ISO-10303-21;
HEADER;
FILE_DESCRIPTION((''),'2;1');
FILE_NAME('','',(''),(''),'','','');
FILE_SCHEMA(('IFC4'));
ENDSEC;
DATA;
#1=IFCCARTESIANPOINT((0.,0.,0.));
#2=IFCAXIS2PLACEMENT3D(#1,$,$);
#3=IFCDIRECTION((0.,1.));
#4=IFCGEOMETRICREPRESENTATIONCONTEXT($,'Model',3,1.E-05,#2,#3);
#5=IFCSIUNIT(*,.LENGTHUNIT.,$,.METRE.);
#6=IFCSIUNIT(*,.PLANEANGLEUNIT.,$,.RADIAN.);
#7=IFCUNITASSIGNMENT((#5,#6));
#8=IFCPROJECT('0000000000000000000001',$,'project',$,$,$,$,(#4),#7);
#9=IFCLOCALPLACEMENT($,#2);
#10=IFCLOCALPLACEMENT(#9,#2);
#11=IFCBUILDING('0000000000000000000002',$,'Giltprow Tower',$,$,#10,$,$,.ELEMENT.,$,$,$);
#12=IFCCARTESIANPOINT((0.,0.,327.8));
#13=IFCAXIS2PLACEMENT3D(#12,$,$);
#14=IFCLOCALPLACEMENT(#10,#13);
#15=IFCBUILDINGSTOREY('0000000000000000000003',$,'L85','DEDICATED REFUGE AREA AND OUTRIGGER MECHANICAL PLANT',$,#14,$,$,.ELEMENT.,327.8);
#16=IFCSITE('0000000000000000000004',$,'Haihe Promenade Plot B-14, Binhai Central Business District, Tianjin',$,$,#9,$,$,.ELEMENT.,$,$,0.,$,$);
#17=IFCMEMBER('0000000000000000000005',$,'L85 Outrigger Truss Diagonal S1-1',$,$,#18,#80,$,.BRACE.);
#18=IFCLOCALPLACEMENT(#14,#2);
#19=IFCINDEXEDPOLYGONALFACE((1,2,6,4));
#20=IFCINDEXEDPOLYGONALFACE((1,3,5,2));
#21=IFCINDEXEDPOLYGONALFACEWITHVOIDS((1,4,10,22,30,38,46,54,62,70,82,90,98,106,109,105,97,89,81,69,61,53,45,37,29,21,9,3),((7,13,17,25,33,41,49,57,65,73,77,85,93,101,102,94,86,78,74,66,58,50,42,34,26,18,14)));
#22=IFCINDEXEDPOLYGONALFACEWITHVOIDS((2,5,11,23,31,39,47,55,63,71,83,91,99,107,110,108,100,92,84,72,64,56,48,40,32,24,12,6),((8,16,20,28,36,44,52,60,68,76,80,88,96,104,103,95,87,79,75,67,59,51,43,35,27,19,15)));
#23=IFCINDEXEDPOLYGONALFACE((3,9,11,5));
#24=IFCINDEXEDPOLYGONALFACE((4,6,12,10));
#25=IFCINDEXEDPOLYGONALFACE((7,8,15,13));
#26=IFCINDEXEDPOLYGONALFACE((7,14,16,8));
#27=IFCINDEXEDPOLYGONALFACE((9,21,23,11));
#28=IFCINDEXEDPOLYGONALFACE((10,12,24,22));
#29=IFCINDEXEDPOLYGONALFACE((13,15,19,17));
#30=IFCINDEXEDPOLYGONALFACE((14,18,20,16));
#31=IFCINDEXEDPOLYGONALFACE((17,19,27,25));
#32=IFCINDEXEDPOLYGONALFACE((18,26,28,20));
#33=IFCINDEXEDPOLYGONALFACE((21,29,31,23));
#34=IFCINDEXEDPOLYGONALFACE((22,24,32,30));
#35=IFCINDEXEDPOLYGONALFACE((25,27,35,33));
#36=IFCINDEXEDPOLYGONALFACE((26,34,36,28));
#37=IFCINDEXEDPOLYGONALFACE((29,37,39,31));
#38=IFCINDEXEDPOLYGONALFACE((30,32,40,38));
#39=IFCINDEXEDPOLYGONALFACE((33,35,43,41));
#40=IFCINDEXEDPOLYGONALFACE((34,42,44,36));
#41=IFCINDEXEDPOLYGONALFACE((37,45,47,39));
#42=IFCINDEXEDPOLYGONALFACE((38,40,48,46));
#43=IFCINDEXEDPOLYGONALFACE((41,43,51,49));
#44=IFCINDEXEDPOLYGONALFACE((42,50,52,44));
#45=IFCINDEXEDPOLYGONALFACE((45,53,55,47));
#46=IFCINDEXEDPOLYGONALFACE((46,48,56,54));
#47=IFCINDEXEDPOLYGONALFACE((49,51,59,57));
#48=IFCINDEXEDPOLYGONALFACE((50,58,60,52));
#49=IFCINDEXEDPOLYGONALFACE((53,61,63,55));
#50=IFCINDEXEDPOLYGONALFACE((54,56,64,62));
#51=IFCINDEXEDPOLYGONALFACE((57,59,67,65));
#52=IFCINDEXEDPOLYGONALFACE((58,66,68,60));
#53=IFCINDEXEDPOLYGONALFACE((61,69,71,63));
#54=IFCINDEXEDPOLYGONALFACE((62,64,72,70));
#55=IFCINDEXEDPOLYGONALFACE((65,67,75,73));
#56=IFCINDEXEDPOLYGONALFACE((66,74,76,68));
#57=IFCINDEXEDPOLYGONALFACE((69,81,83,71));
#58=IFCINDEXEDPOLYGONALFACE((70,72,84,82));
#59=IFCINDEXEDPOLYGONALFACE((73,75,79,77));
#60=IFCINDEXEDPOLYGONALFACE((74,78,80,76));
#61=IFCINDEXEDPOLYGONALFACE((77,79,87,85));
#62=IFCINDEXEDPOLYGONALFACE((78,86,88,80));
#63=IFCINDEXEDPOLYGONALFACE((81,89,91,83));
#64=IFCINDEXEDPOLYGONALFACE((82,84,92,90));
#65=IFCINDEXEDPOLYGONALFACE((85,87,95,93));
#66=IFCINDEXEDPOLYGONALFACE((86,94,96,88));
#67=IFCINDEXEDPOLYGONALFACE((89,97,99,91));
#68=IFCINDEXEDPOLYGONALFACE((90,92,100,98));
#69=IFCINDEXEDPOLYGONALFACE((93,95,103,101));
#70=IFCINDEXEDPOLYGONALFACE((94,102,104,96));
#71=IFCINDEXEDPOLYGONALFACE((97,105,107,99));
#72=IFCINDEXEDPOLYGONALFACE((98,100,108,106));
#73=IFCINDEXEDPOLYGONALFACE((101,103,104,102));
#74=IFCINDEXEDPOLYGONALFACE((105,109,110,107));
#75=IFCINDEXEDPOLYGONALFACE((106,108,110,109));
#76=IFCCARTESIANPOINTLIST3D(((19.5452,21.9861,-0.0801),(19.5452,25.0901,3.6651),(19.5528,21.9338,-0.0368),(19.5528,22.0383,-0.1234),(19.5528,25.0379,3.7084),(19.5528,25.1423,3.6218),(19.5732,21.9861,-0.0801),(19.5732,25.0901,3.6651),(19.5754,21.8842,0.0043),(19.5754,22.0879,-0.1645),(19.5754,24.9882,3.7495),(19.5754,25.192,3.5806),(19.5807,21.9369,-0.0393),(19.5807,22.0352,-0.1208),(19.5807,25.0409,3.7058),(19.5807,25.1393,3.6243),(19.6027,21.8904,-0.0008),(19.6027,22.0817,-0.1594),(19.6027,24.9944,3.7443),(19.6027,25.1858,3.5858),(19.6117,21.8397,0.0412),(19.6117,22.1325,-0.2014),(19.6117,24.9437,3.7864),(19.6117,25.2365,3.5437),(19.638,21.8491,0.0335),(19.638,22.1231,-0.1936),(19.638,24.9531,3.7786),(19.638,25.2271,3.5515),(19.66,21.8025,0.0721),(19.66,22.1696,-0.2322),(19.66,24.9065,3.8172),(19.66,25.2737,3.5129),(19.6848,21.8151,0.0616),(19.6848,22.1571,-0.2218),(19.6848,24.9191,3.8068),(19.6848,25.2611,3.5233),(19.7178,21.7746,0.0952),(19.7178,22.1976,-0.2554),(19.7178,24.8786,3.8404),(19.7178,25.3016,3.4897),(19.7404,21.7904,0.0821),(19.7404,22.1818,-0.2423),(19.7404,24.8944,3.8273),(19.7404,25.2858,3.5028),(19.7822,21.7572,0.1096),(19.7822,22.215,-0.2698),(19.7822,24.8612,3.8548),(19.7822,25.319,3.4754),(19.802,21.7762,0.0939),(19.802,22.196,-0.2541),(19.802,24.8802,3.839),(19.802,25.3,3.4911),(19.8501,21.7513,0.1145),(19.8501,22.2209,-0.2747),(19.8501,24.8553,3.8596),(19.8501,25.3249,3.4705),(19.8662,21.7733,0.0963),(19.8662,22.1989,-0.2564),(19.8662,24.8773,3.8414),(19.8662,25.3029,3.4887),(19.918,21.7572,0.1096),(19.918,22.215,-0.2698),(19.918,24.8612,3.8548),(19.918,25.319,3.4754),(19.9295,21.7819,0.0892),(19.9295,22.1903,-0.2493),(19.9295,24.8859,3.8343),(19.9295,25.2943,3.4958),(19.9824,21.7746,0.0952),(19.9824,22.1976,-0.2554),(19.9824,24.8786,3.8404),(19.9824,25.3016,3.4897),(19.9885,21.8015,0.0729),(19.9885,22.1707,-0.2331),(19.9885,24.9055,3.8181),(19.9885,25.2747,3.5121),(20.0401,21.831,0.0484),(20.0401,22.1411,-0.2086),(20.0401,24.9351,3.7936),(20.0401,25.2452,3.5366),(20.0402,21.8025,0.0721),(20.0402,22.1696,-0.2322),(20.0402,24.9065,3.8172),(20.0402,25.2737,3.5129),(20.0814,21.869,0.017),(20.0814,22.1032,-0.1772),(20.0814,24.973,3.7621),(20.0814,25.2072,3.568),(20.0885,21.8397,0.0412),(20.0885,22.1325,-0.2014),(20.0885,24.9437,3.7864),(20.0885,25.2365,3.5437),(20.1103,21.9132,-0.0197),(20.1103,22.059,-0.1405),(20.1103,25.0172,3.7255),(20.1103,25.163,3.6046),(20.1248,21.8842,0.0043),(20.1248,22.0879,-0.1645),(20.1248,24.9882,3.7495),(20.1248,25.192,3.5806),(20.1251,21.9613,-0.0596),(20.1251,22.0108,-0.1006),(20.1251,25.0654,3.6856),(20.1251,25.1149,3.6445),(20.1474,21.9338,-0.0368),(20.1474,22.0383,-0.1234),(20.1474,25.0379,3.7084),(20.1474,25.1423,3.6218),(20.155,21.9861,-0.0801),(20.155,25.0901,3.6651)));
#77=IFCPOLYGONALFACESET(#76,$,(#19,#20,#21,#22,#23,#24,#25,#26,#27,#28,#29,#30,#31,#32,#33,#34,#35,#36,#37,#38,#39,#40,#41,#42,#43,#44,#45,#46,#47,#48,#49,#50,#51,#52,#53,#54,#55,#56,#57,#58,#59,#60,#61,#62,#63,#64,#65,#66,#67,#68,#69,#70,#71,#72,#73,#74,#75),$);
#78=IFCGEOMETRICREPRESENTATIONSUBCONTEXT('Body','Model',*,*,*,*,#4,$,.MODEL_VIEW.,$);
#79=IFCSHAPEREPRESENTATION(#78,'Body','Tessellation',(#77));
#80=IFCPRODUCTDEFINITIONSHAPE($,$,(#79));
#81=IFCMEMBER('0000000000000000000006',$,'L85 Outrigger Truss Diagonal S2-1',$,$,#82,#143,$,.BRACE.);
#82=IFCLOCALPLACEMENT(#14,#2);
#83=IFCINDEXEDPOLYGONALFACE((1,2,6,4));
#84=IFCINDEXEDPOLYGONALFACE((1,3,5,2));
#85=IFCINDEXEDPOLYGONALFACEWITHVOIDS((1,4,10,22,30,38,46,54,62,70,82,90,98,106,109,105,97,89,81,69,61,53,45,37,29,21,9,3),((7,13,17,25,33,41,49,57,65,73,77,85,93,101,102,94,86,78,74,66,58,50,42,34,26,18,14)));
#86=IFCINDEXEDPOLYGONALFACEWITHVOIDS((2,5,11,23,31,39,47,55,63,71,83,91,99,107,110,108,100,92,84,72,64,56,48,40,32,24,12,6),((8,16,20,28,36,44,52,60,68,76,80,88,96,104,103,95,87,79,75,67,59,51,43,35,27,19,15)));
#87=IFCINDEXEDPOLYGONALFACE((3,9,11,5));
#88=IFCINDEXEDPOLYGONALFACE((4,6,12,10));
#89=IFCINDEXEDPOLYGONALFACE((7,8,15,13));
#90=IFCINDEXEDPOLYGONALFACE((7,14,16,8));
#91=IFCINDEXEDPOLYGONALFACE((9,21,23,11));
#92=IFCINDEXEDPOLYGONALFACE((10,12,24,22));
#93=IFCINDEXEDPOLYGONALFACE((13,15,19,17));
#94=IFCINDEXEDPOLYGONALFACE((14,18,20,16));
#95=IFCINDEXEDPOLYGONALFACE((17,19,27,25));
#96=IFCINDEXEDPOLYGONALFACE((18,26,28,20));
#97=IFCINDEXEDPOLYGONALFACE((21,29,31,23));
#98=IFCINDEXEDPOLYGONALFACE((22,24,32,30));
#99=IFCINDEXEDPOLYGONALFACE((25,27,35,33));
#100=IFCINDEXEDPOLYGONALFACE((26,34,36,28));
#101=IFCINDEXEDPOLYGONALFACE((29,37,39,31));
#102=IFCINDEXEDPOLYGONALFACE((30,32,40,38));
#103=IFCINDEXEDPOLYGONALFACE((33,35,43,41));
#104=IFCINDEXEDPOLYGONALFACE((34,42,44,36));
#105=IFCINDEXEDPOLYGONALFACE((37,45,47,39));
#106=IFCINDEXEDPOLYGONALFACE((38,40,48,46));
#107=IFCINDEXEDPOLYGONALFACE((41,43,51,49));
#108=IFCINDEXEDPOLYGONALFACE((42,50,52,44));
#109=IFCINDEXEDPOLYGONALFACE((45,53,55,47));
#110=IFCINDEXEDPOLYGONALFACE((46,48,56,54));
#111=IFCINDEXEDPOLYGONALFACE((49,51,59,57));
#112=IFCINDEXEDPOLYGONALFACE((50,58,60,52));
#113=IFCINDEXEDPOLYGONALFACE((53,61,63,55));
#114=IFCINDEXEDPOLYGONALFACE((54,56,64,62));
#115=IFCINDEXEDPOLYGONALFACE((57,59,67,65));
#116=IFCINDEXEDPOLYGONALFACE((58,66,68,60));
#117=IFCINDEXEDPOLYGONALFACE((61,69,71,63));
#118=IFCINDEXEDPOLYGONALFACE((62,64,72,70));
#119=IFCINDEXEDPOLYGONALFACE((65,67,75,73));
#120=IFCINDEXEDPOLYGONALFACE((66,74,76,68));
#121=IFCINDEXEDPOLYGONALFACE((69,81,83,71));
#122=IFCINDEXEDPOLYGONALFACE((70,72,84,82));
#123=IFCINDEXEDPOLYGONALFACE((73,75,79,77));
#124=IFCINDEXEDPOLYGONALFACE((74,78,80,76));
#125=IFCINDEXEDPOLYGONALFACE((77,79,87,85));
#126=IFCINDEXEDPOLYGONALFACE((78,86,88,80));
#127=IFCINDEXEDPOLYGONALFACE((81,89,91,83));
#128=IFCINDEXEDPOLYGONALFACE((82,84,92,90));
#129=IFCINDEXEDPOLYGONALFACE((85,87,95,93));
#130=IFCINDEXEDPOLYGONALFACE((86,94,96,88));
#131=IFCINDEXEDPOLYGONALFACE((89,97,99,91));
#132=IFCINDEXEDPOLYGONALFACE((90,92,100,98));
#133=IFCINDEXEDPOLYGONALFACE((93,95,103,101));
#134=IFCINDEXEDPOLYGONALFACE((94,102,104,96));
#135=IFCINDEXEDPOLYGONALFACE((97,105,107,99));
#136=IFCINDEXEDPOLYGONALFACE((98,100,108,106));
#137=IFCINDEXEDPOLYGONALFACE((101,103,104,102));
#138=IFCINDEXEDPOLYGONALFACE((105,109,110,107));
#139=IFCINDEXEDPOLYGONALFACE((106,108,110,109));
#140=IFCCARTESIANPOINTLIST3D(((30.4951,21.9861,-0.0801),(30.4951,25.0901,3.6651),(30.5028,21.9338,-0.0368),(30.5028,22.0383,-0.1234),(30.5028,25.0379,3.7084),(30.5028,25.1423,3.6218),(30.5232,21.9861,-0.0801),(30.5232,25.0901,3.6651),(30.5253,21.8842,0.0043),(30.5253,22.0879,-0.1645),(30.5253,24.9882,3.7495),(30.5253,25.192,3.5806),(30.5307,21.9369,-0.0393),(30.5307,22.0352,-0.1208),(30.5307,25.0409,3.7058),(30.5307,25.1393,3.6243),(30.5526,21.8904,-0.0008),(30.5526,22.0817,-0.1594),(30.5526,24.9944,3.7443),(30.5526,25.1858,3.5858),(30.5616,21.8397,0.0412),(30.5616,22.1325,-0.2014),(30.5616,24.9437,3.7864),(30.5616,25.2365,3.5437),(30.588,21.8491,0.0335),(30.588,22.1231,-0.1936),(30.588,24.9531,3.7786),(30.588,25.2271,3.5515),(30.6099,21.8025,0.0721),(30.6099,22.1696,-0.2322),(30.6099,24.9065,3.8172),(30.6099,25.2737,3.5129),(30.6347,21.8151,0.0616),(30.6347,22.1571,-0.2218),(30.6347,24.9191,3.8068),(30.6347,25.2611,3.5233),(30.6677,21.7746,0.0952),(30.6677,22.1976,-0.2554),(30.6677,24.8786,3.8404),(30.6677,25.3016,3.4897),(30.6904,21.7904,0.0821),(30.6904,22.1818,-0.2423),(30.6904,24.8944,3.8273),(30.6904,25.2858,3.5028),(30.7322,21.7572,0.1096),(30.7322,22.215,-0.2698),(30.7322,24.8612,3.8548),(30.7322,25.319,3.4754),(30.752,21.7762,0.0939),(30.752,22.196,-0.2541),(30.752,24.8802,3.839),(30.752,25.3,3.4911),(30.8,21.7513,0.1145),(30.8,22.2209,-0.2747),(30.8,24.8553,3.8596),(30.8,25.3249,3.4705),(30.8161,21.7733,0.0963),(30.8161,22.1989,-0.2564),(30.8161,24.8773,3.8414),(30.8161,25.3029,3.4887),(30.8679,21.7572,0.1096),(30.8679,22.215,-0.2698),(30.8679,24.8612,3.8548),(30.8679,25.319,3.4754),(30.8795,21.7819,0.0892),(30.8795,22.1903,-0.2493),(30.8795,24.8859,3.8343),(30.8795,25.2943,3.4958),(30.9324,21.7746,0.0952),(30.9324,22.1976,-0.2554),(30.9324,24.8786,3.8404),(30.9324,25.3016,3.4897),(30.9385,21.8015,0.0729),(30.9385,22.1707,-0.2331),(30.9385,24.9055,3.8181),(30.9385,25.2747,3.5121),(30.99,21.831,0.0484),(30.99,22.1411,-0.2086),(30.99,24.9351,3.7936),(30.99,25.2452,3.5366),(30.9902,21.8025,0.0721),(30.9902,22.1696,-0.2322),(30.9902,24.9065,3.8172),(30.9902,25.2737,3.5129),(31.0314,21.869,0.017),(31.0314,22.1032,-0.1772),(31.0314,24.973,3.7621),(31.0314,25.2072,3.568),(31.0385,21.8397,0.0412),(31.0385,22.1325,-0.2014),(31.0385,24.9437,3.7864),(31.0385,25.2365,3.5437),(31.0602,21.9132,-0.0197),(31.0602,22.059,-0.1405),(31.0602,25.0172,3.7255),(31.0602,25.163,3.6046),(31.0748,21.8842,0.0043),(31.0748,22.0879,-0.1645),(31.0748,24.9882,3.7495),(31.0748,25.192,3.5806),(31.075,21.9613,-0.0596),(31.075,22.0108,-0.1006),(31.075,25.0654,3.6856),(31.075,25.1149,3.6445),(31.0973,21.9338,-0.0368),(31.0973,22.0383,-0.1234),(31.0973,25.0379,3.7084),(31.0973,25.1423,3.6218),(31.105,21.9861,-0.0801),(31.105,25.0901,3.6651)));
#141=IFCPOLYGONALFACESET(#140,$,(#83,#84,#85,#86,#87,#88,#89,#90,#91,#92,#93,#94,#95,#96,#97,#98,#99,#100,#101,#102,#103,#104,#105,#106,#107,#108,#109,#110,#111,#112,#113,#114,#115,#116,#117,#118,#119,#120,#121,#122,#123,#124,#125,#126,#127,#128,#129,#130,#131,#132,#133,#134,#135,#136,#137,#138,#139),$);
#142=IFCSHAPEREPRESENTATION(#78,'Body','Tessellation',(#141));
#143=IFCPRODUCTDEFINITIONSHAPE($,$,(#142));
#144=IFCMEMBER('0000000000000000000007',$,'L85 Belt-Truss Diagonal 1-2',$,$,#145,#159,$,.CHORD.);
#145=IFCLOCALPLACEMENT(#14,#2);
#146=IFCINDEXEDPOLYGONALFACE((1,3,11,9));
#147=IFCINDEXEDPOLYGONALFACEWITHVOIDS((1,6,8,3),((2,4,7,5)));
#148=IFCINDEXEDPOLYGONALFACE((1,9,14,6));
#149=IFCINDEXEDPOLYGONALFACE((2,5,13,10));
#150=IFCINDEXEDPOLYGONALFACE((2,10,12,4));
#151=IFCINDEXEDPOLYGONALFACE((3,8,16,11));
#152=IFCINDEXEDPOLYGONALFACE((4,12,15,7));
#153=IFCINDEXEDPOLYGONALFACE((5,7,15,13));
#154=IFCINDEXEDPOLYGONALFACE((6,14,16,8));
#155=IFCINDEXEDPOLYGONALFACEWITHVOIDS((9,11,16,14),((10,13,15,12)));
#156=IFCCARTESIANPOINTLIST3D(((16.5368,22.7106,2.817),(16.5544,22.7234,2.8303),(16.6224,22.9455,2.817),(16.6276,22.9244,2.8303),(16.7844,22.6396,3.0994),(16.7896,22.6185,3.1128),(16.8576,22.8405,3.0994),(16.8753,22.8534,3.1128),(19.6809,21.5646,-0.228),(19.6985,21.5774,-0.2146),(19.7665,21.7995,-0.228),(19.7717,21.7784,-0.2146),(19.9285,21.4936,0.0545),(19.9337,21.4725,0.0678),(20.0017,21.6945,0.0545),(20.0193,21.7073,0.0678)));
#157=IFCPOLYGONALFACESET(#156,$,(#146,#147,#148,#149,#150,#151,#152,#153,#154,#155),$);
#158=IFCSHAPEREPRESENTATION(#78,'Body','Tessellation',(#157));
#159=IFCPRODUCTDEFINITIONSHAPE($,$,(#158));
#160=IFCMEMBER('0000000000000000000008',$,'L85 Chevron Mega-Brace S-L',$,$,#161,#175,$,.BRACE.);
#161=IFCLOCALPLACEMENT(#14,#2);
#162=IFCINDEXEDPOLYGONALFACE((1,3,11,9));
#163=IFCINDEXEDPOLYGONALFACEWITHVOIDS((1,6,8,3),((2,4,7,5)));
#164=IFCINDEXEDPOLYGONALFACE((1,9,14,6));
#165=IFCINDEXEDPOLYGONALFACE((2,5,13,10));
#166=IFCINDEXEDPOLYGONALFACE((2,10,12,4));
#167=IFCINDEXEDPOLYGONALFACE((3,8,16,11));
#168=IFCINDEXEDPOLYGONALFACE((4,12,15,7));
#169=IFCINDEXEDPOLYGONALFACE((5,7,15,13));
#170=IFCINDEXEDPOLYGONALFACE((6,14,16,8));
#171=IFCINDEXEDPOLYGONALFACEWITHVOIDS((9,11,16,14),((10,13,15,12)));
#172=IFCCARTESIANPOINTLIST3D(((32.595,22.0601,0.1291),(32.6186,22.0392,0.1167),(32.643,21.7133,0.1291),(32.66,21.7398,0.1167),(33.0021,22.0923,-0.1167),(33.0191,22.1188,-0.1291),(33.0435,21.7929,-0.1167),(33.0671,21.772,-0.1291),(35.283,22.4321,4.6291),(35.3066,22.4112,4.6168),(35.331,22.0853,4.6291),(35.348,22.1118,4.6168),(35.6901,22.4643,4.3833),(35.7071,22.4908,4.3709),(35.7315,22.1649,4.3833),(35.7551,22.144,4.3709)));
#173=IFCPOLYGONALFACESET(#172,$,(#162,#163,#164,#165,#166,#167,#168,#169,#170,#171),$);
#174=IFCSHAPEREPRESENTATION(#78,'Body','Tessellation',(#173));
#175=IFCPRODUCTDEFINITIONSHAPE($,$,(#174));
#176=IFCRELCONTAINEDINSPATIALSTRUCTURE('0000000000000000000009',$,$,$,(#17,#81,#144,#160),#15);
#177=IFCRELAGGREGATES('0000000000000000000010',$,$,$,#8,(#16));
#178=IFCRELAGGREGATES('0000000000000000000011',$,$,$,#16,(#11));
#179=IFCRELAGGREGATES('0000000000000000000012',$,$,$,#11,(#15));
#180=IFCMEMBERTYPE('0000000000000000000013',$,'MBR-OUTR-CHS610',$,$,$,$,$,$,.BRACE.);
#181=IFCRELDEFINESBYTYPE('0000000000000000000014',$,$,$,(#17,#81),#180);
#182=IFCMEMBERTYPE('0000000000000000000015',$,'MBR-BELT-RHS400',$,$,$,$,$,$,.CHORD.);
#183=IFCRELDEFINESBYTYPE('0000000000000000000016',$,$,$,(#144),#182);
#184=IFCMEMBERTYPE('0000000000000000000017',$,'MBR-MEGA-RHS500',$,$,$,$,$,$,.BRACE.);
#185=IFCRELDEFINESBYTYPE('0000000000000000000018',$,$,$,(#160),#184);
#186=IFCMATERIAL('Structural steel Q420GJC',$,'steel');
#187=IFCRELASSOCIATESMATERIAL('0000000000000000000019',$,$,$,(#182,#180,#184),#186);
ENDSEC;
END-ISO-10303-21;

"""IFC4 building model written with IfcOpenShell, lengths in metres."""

from ifc_helpers import new_model, si_unit, direction, frame, origin, origin_2d, place, context, subcontext, project, spatial, hollow_rectangle, hollow_circle, extrude, source, transform, mapped, material, material_profile, profile_set, type_object, element, save


model = new_model("IFC4")

# Units and contexts
model_context = context("Model", 3, precision=1e-05, world=origin(), true_north=direction((0.0, 1.0)))
body_context = subcontext(model_context, "Body", "Model", "MODEL_VIEW")
ifc_project = project(units=[si_unit("LENGTHUNIT", "METRE"), si_unit("PLANEANGLEUNIT", "RADIAN")], contexts=[model_context])

# Site, building, storey
site_placement = place(None, origin())
site = spatial("IfcSite", under=ifc_project, at=site_placement, Name="Haihe Promenade Plot B-14, Binhai Central Business District, Tianjin", CompositionType="ELEMENT", RefElevation=0.0)
building_placement = place(site_placement, origin())
building = spatial("IfcBuilding", under=site, at=building_placement, Name="Giltprow Tower", CompositionType="ELEMENT")
storey_placement = place(building_placement, frame((0.0, 0.0, 327.8)))
storey = spatial("IfcBuildingStorey", under=building, at=storey_placement, Name="L85", Description="DEDICATED REFUGE AREA AND OUTRIGGER MECHANICAL PLANT", CompositionType="ELEMENT", Elevation=327.8)

# Shared definitions
ifc_material_1 = material(Name="Structural steel Q420GJC", Category="steel")
ifc_material_profile_1 = material_profile(ifc_material_1, hollow_rectangle(XDim=0.25, YDim=0.3999, WallThickness=0.0181, at=origin_2d()), Name="RHS 400x250x18")
ifc_profile_set_1 = profile_set([ifc_material_profile_1], Name="Structural steel Q420GJC")
member_type_1 = type_object("IfcMemberType", Name="MBR-BELT-RHS400", PredefinedType="CHORD", material=ifc_profile_set_1)

# Members
ifc_material_profile_2 = material_profile(ifc_material_1, hollow_circle(Radius=0.3049, WallThickness=0.0281, at=origin_2d()), Name="CHS 610x28")
ifc_profile_set_2 = profile_set([ifc_material_profile_2], Name="Structural steel Q420GJC")
member_type_2 = type_object("IfcMemberType", Name="MBR-OUTR-CHS610", PredefinedType="BRACE", material=ifc_profile_set_2)
shared_shape_1 = source(origin(), body_context, "Body", "SweptSolid", [
    extrude(hollow_circle(Radius=0.3049, WallThickness=0.0281, at=origin_2d()), origin(), (0.0, 0.0, 1.0), 4.8643),
])
for number, where, z_axis, x_axis, name in (
    (1, (19.8501, 21.9861, -0.0801), (0.0, 0.638128, 0.76993), (-1.0, 0.0, 0.0), "L85 Outrigger Truss Diagonal S1-1"),
    (2, (30.8, 21.9861, -0.0801), (0.0, 0.638128, 0.76993), (-1.0, 0.0, 0.0), "L85 Outrigger Truss Diagonal S2-1"),
):
    element("IfcMember", number, at=place(storey_placement, frame(where, z_axis=z_axis, x_axis=x_axis)), inside=storey, type_object=member_type_2, Name=name, PredefinedType="BRACE", context=body_context, shape_type="MappedRepresentation", body=[
        mapped(shared_shape_1, transform((0.0, 0.0, 0.0), x_axis=(1.0, 0.0, 0.0), y_axis=(0.0, 1.0, 0.0), z_axis=(0.0, 0.0, 1.0), scale=1.0)),
    ])
shared_shape_2 = source(origin(), body_context, "Body", "SweptSolid", [
    extrude(hollow_rectangle(XDim=0.25, YDim=0.3999, WallThickness=0.0181, at=origin_2d()), origin(), (0.0, 0.0, 1.0), 4.5244),
])
member_1_placement = place(storey_placement, frame((19.8501, 21.636, -0.0801), z_axis=(-0.694914, 0.253294, 0.673006), x_axis=(-0.342458, -0.939533, 0.0)))
element("IfcMember", 3, at=member_1_placement, inside=storey, type_object=member_type_1, Name="L85 Belt-Truss Diagonal 1-2", PredefinedType="CHORD", context=body_context, shape_type="MappedRepresentation", body=[
    mapped(shared_shape_2, transform((0.0, 0.0, 0.0), x_axis=(1.0, 0.0, 0.0), y_axis=(0.0, 1.0, 0.0), z_axis=(0.0, 0.0, 1.0), scale=1.0)),
])
ifc_material_profile_3 = material_profile(ifc_material_1, hollow_rectangle(XDim=0.3501, YDim=0.5, WallThickness=0.0239, at=origin_2d()), Name="RHS 500x350x24")
ifc_profile_set_3 = profile_set([ifc_material_profile_3], Name="Structural steel Q420GJC")
member_type_3 = type_object("IfcMemberType", Name="MBR-MEGA-RHS500", PredefinedType="BRACE", material=ifc_profile_set_3)
shared_shape_3 = source(origin(), body_context, "Body", "SweptSolid", [
    extrude(hollow_rectangle(XDim=0.3501, YDim=0.5, WallThickness=0.0239, at=origin_2d()), origin(), (0.0, 0.0, 1.0), 5.2549),
])
member_2_placement = place(storey_placement, frame((32.8311, 21.916, 0.0), z_axis=(0.511523, 0.070805, 0.856348), x_axis=(-0.137112, 0.990556, 0.0)))
element("IfcMember", 4, at=member_2_placement, inside=storey, type_object=member_type_3, Name="L85 Chevron Mega-Brace S-L", PredefinedType="BRACE", context=body_context, shape_type="MappedRepresentation", body=[
    mapped(shared_shape_3, transform((0.0, 0.0, 0.0), x_axis=(1.0, 0.0, 0.0), y_axis=(0.0, 1.0, 0.0), z_axis=(0.0, 0.0, 1.0), scale=1.0)),
])

save(model, "model.ifc")
